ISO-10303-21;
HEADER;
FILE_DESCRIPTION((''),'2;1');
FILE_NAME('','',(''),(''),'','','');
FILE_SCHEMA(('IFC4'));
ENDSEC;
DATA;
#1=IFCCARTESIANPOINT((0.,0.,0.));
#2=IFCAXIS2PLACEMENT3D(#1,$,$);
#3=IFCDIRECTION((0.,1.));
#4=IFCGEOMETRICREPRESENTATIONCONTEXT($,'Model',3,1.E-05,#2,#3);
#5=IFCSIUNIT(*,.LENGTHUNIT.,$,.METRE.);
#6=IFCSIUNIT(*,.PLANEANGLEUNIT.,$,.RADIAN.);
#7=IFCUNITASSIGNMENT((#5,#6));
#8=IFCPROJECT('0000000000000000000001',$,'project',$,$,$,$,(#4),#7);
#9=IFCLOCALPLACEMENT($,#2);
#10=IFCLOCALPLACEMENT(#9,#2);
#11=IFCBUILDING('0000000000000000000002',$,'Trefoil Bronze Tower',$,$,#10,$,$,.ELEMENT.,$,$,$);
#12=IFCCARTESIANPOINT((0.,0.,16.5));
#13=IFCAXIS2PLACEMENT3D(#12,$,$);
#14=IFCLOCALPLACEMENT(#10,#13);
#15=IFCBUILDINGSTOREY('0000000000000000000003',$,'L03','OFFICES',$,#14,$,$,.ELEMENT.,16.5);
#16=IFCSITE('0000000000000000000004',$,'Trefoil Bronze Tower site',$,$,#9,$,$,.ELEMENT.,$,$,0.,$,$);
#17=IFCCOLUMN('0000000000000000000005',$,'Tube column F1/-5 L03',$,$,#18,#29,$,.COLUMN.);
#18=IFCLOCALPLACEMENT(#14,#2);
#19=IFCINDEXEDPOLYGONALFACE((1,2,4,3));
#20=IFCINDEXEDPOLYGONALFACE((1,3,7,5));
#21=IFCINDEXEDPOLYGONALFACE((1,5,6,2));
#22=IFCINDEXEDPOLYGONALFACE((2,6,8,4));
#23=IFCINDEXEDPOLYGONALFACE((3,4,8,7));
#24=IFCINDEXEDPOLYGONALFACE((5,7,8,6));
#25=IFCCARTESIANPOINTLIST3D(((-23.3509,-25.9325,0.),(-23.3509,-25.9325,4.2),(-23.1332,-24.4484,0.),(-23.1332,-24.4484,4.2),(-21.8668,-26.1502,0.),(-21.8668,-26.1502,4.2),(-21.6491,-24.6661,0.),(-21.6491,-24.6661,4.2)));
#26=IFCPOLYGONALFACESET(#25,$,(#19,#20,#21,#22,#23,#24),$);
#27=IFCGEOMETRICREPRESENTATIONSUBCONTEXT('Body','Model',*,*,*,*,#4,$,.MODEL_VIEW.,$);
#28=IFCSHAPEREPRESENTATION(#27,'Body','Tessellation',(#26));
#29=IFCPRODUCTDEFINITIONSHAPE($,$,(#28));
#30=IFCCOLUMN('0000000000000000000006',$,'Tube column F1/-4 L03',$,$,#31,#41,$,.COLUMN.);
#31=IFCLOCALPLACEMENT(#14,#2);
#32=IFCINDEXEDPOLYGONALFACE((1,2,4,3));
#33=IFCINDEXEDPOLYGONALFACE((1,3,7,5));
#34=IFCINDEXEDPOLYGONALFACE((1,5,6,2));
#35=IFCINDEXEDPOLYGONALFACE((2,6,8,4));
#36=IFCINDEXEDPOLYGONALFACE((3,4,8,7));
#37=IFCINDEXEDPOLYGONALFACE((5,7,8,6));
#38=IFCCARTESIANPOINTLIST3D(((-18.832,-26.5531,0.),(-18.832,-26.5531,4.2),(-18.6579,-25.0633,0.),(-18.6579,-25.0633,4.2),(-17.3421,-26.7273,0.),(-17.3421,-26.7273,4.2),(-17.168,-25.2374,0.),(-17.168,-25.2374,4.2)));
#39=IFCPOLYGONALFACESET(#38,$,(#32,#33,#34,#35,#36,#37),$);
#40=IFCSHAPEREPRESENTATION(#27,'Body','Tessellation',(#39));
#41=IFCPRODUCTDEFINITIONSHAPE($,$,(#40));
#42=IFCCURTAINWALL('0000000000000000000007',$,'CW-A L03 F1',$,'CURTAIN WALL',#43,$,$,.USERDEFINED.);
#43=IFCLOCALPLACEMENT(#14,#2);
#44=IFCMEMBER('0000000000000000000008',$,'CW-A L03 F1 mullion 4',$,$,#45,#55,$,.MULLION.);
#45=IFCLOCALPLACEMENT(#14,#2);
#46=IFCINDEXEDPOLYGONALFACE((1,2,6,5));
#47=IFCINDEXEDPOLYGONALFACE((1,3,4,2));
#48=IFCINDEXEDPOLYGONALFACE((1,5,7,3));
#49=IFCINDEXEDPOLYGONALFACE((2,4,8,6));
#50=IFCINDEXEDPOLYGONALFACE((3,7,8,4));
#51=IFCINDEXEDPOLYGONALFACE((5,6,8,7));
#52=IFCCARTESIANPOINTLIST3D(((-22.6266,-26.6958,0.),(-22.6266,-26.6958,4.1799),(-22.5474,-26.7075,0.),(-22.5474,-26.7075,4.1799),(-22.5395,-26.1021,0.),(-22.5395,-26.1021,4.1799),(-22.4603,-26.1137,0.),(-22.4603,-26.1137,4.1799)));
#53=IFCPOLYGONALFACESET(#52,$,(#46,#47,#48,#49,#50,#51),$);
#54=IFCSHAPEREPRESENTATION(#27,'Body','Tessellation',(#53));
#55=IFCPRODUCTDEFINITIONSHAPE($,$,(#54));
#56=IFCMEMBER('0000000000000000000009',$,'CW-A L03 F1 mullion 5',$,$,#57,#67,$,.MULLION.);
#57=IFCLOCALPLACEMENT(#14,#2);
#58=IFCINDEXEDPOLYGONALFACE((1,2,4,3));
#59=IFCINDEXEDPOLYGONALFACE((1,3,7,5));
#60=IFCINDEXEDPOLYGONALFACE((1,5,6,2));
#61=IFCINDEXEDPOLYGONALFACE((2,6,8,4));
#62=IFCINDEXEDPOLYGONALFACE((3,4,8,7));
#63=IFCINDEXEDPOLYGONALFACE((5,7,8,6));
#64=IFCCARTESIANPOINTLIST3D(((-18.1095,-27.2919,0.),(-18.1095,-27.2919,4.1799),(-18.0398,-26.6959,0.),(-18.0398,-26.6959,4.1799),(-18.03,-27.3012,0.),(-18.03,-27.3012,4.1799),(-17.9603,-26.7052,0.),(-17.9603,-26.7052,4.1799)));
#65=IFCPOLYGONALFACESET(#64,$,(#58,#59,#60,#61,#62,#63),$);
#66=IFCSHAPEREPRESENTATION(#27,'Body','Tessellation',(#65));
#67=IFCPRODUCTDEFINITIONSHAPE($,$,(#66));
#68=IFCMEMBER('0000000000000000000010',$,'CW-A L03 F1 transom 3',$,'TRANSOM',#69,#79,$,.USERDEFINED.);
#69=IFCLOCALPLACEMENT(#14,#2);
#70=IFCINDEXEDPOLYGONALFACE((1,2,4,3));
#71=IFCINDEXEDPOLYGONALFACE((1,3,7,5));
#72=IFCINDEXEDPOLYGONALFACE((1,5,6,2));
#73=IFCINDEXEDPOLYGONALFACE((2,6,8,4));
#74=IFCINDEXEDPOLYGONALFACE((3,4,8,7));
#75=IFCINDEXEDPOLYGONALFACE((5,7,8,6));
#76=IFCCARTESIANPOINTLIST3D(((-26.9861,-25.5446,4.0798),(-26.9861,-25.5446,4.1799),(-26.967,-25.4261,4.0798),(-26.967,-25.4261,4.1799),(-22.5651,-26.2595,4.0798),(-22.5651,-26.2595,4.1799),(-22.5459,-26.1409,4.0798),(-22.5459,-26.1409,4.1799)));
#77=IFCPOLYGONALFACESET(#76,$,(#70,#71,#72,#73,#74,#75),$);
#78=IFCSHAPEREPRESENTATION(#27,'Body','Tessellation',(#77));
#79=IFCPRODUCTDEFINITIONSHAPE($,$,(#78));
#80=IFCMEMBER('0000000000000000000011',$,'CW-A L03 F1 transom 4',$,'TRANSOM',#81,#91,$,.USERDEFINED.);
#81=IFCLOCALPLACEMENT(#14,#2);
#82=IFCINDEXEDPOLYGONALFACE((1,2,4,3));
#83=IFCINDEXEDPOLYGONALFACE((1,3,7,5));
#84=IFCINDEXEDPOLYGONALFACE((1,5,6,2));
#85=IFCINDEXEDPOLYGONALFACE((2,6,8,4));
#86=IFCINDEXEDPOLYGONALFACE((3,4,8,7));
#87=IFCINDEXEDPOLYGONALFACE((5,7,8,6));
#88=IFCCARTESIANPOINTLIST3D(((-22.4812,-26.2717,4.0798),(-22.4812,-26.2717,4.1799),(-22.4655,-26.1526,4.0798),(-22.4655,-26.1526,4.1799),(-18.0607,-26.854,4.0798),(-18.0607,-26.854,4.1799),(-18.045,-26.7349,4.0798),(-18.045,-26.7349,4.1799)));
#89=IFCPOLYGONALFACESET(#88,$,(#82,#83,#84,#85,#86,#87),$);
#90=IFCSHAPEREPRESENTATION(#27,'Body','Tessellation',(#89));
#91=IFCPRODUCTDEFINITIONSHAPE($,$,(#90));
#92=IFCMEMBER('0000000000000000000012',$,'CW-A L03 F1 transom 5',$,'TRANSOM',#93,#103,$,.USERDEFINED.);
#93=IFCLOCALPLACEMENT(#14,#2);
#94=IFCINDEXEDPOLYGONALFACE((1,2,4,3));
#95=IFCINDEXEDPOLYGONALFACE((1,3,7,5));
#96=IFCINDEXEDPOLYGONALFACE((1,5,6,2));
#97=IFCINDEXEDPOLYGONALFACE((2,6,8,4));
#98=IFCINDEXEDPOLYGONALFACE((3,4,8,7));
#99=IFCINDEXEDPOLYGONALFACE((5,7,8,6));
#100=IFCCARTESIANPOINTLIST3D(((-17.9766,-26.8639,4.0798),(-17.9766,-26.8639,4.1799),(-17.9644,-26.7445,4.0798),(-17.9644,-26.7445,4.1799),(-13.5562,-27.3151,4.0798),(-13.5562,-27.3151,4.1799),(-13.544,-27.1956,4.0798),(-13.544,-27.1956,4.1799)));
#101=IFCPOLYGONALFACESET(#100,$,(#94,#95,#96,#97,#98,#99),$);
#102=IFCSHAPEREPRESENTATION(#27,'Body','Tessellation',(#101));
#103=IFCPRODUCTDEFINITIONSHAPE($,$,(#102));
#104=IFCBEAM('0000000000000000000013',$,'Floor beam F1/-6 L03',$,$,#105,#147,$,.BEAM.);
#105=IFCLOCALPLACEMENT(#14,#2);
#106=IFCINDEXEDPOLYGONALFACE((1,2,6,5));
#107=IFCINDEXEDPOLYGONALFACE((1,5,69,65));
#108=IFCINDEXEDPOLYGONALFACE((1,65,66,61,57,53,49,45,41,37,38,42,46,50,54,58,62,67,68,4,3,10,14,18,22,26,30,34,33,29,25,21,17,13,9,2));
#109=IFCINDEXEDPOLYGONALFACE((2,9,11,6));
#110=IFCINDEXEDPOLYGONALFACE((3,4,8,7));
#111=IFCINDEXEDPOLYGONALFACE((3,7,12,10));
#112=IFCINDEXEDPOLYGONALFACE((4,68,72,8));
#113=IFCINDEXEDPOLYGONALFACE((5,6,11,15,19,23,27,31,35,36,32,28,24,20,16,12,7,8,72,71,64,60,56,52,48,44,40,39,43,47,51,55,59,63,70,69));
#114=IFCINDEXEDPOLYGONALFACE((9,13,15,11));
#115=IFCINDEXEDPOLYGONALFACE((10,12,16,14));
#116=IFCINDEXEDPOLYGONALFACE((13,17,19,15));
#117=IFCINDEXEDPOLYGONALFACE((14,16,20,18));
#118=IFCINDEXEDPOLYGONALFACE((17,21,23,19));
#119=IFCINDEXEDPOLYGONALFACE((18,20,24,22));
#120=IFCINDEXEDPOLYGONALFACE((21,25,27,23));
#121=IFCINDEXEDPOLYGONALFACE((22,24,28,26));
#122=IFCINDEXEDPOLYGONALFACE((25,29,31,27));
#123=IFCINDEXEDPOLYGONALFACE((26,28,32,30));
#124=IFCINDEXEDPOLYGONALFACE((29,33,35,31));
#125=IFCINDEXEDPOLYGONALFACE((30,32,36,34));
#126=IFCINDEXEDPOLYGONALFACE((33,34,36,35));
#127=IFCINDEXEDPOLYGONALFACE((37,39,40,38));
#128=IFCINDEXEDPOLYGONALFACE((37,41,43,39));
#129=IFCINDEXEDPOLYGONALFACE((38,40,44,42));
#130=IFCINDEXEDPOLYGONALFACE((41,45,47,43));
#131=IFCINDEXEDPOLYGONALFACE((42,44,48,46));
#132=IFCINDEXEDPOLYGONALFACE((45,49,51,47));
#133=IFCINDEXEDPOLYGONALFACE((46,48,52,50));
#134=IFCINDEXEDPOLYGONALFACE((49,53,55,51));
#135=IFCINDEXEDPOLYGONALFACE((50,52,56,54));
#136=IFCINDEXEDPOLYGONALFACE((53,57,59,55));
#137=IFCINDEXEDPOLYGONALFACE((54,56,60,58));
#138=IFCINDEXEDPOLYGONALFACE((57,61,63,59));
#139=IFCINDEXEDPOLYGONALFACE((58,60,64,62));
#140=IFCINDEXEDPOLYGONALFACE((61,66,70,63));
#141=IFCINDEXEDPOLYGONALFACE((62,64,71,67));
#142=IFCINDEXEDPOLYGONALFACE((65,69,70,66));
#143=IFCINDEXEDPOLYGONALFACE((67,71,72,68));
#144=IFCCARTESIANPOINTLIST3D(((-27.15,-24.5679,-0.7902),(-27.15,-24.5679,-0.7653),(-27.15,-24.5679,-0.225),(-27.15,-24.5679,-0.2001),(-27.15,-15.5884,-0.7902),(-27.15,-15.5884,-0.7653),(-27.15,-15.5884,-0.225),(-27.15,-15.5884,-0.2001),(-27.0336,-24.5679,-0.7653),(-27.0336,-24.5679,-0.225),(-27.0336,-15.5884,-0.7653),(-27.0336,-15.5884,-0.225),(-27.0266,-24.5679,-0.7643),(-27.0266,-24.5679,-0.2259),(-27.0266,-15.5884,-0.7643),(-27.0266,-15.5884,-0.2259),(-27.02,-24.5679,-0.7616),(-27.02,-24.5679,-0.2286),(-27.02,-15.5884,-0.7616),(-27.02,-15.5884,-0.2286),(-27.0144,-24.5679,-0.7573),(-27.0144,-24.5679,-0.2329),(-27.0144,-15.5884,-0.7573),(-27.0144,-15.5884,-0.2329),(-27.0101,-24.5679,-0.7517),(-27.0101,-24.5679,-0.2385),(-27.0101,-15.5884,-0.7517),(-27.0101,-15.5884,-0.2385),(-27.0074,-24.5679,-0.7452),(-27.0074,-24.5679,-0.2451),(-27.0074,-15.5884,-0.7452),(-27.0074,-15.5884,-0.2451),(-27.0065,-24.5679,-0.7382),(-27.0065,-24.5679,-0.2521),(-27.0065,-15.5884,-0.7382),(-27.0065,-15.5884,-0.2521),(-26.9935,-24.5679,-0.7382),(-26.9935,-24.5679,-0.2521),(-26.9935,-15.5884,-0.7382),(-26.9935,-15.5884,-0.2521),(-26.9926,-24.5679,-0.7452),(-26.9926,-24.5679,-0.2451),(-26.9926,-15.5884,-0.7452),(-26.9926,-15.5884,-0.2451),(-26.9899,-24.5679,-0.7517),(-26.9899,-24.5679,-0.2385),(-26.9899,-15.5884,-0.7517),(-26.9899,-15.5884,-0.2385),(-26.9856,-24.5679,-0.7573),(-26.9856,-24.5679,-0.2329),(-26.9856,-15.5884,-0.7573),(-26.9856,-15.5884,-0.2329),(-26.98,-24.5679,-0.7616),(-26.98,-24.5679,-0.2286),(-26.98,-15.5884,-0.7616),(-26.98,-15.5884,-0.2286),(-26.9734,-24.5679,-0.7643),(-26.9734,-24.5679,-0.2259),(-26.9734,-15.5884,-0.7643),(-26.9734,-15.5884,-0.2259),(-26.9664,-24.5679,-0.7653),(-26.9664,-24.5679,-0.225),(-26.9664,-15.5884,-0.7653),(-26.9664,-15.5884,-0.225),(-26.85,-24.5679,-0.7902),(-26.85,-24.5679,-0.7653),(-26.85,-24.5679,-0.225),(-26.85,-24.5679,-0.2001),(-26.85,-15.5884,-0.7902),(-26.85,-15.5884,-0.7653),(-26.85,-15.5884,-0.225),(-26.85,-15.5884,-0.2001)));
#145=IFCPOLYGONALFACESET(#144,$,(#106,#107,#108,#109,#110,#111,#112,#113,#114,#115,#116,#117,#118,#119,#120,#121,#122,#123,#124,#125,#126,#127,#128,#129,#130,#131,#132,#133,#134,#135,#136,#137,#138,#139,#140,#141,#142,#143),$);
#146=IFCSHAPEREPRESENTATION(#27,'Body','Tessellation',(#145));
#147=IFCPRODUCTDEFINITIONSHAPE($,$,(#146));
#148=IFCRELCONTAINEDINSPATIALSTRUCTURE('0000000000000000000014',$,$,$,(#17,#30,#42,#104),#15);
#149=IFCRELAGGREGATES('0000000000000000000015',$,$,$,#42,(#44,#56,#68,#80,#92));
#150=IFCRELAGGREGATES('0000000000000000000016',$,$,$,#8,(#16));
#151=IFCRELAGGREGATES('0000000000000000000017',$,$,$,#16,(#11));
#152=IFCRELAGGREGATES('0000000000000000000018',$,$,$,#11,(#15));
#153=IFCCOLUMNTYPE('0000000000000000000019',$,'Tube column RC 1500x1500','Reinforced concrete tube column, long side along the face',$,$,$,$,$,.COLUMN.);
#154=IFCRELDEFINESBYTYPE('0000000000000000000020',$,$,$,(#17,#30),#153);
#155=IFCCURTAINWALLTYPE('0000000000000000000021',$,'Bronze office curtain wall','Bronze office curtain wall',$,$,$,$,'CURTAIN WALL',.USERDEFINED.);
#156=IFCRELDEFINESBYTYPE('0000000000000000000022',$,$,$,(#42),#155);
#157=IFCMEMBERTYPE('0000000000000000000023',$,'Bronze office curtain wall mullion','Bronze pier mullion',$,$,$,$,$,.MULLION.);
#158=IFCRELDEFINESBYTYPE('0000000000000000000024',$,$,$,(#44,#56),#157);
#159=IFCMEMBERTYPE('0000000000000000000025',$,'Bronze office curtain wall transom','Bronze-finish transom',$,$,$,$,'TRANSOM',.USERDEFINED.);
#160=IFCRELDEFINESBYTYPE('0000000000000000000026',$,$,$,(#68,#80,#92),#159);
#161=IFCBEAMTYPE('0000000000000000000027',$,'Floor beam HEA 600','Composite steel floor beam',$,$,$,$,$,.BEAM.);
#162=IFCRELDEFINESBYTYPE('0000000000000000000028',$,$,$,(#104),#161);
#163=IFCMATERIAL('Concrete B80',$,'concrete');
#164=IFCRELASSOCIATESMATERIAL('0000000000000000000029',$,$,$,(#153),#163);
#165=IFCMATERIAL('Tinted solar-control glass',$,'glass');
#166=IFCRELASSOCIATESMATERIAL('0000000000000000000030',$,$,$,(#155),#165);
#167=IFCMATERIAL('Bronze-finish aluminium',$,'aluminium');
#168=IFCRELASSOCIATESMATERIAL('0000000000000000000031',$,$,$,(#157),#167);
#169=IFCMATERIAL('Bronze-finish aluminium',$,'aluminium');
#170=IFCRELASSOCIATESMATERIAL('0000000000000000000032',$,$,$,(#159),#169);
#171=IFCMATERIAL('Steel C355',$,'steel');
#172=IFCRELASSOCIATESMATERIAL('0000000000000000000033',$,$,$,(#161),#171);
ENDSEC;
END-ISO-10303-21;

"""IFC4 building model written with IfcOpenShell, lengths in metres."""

from ifc_helpers import new_model, si_unit, direction, frame, origin, origin_2d, place, context, subcontext, project, spatial, rectangle, i_section, extrude, material, material_profile, profile_set, type_object, element, aggregate, save


model = new_model("IFC4")

# Units and contexts
model_context = context("Model", 3, precision=1e-05, world=origin(), true_north=direction((0.0, 1.0)))
body_context = subcontext(model_context, "Body", "Model", "MODEL_VIEW")
ifc_project = project(units=[si_unit("LENGTHUNIT", "METRE"), si_unit("PLANEANGLEUNIT", "RADIAN")], contexts=[model_context])

# Site, building, storey
site_placement = place(None, origin())
site = spatial("IfcSite", under=ifc_project, at=site_placement, Name="Trefoil Bronze Tower site", CompositionType="ELEMENT", RefElevation=0.0)
building_placement = place(site_placement, origin())
building = spatial("IfcBuilding", under=site, at=building_placement, Name="Trefoil Bronze Tower", CompositionType="ELEMENT")
storey_placement = place(building_placement, frame((0.0, 0.0, 16.5)))
storey = spatial("IfcBuildingStorey", under=building, at=storey_placement, Name="L03", Description="OFFICES", CompositionType="ELEMENT", Elevation=16.5)

# Columns
ifc_material_1 = material(Name="Concrete B80", Category="concrete")
ifc_material_profile_1 = material_profile(ifc_material_1, rectangle(XDim=1.5, YDim=1.5, at=origin_2d()), Name="RC 1500x1500")
ifc_profile_set_1 = profile_set([ifc_material_profile_1], Name="Concrete B80")
column_type = type_object("IfcColumnType", Name="Tube column RC 1500x1500", Description="Reinforced concrete tube column, long side along the face", PredefinedType="COLUMN", material=ifc_profile_set_1)
for number, where, z_axis, x_axis, name in (
    (1, (-22.5, -25.2993, 0.0), (0.0, 0.0, 1.0), (0.989416, -0.145109, 0.0), "Tube column F1/-5 L03"),
    (2, (-18.0, -25.8953, 0.0), (0.0, 0.0, 1.0), (0.993239, -0.116087, 0.0), "Tube column F1/-4 L03"),
):
    element("IfcColumn", number, at=place(storey_placement, frame(where, z_axis=z_axis, x_axis=x_axis)), inside=storey, type_object=column_type, Name=name, PredefinedType="COLUMN", context=body_context, shape_type="SweptSolid", body=[
        extrude(rectangle(XDim=1.5, YDim=1.5, at=origin_2d()), origin(), (0.0, 0.0, 1.0), 4.2),
    ])

# Curtain wall, members
ifc_material_2 = material(Name="Tinted solar-control glass", Category="glass")
curtain_wall_type = type_object("IfcCurtainWallType", Name="Bronze office curtain wall", Description="Bronze office curtain wall", ElementType="CURTAIN WALL", PredefinedType="USERDEFINED", material=ifc_material_2)
curtain_wall_placement = place(storey_placement, origin())
curtain_wall = element("IfcCurtainWall", 3, at=curtain_wall_placement, inside=storey, type_object=curtain_wall_type, Name="CW-A L03 F1", ObjectType="CURTAIN WALL", PredefinedType="USERDEFINED")
ifc_material_3 = material(Name="Bronze-finish aluminium", Category="aluminium")
ifc_material_profile_2 = material_profile(ifc_material_3, rectangle(XDim=0.6001, YDim=0.0801, at=origin_2d()), Name="CW-A mullion")
ifc_profile_set_2 = profile_set([ifc_material_profile_2], Name="Bronze-finish aluminium")
member_type_1 = type_object("IfcMemberType", Name="Bronze office curtain wall mullion", Description="Bronze pier mullion", PredefinedType="MULLION", material=ifc_profile_set_2)
member_1_placement = place(storey_placement, frame((-22.5435, -26.4048, 0.0), z_axis=(0.0, 0.0, 1.0), x_axis=(0.145109, 0.989416, 0.0)))
member_1 = element("IfcMember", 4, at=member_1_placement, type_object=member_type_1, Name="CW-A L03 F1 mullion 4", PredefinedType="MULLION", context=body_context, shape_type="SweptSolid", body=[
    extrude(rectangle(XDim=0.6001, YDim=0.0801, at=origin_2d()), origin(), (0.0, 0.0, 1.0), 4.1799),
])
member_2_placement = place(storey_placement, frame((-18.0349, -26.9985, 0.0), z_axis=(0.0, 0.0, 1.0), x_axis=(0.116087, 0.993239, 0.0)))
member_2 = element("IfcMember", 5, at=member_2_placement, type_object=member_type_1, Name="CW-A L03 F1 mullion 5", PredefinedType="MULLION", context=body_context, shape_type="SweptSolid", body=[
    extrude(rectangle(XDim=0.6001, YDim=0.0801, at=origin_2d()), origin(), (0.0, 0.0, 1.0), 4.1799),
])
ifc_material_4 = material(Name="Bronze-finish aluminium", Category="aluminium")
ifc_material_profile_3 = material_profile(ifc_material_4, rectangle(XDim=0.1201, YDim=0.1001, at=origin_2d()), Name="CW-A transom")
ifc_profile_set_3 = profile_set([ifc_material_profile_3], Name="Bronze-finish aluminium")
member_type_2 = type_object("IfcMemberType", Name="Bronze office curtain wall transom", Description="Bronze-finish transom", ElementType="TRANSOM", PredefinedType="USERDEFINED", material=ifc_profile_set_3)
member_3_placement = place(storey_placement, frame((-26.9766, -25.4854, 4.1299), z_axis=(0.987179, -0.159615, 0.0), x_axis=(0.159615, 0.987179, 0.0)))
member_3 = element("IfcMember", 6, at=member_3_placement, type_object=member_type_2, Name="CW-A L03 F1 transom 3", ObjectType="TRANSOM", PredefinedType="USERDEFINED", context=body_context, shape_type="SweptSolid", body=[
    extrude(rectangle(XDim=0.1201, YDim=0.1001, at=origin_2d()), origin(), (0.0, 0.0, 1.0), 4.4785),
])
member_4_placement = place(storey_placement, frame((-22.4734, -26.2122, 4.1299), z_axis=(0.991437, -0.130589, 0.0), x_axis=(0.130589, 0.991437, 0.0)))
member_4 = element("IfcMember", 7, at=member_4_placement, type_object=member_type_2, Name="CW-A L03 F1 transom 4", ObjectType="TRANSOM", PredefinedType="USERDEFINED", context=body_context, shape_type="SweptSolid", body=[
    extrude(rectangle(XDim=0.1201, YDim=0.1001, at=origin_2d()), origin(), (0.0, 0.0, 1.0), 4.4587),
])
member_5_placement = place(storey_placement, frame((-17.9705, -26.8042, 4.1299), z_axis=(0.994832, -0.101538, 0.0), x_axis=(0.101538, 0.994832, 0.0)))
member_5 = element("IfcMember", 8, at=member_5_placement, type_object=member_type_2, Name="CW-A L03 F1 transom 5", ObjectType="TRANSOM", PredefinedType="USERDEFINED", context=body_context, shape_type="SweptSolid", body=[
    extrude(rectangle(XDim=0.1201, YDim=0.1001, at=origin_2d()), origin(), (0.0, 0.0, 1.0), 4.4434),
])

# Beam
ifc_material_5 = material(Name="Steel C355", Category="steel")
ifc_material_profile_4 = material_profile(ifc_material_5, i_section(OverallWidth=0.3, OverallDepth=0.5901, WebThickness=0.0129, FlangeThickness=0.0249, FilletRadius=0.0271, at=origin_2d()), Name="HEA 600")
ifc_profile_set_4 = profile_set([ifc_material_profile_4], Name="Steel C355")
beam_type_1 = type_object("IfcBeamType", Name="Floor beam HEA 600", Description="Composite steel floor beam", PredefinedType="BEAM", material=ifc_profile_set_4)
beam_1_placement = place(storey_placement, frame((-27.0, -24.5679, -0.4951), z_axis=(0.0, 1.0, 0.0), x_axis=(-1.0, 0.0, 0.0)))
element("IfcBeam", 9, at=beam_1_placement, inside=storey, type_object=beam_type_1, Name="Floor beam F1/-6 L03", PredefinedType="BEAM", context=body_context, shape_type="SweptSolid", body=[
    extrude(i_section(OverallWidth=0.3, OverallDepth=0.5901, WebThickness=0.0129, FlangeThickness=0.0249, FilletRadius=0.0271, at=origin_2d()), origin(), (0.0, 0.0, 1.0), 8.9795),
])

aggregate(curtain_wall, [member_1, member_2, member_3, member_4, member_5])

save(model, "model.ifc")
